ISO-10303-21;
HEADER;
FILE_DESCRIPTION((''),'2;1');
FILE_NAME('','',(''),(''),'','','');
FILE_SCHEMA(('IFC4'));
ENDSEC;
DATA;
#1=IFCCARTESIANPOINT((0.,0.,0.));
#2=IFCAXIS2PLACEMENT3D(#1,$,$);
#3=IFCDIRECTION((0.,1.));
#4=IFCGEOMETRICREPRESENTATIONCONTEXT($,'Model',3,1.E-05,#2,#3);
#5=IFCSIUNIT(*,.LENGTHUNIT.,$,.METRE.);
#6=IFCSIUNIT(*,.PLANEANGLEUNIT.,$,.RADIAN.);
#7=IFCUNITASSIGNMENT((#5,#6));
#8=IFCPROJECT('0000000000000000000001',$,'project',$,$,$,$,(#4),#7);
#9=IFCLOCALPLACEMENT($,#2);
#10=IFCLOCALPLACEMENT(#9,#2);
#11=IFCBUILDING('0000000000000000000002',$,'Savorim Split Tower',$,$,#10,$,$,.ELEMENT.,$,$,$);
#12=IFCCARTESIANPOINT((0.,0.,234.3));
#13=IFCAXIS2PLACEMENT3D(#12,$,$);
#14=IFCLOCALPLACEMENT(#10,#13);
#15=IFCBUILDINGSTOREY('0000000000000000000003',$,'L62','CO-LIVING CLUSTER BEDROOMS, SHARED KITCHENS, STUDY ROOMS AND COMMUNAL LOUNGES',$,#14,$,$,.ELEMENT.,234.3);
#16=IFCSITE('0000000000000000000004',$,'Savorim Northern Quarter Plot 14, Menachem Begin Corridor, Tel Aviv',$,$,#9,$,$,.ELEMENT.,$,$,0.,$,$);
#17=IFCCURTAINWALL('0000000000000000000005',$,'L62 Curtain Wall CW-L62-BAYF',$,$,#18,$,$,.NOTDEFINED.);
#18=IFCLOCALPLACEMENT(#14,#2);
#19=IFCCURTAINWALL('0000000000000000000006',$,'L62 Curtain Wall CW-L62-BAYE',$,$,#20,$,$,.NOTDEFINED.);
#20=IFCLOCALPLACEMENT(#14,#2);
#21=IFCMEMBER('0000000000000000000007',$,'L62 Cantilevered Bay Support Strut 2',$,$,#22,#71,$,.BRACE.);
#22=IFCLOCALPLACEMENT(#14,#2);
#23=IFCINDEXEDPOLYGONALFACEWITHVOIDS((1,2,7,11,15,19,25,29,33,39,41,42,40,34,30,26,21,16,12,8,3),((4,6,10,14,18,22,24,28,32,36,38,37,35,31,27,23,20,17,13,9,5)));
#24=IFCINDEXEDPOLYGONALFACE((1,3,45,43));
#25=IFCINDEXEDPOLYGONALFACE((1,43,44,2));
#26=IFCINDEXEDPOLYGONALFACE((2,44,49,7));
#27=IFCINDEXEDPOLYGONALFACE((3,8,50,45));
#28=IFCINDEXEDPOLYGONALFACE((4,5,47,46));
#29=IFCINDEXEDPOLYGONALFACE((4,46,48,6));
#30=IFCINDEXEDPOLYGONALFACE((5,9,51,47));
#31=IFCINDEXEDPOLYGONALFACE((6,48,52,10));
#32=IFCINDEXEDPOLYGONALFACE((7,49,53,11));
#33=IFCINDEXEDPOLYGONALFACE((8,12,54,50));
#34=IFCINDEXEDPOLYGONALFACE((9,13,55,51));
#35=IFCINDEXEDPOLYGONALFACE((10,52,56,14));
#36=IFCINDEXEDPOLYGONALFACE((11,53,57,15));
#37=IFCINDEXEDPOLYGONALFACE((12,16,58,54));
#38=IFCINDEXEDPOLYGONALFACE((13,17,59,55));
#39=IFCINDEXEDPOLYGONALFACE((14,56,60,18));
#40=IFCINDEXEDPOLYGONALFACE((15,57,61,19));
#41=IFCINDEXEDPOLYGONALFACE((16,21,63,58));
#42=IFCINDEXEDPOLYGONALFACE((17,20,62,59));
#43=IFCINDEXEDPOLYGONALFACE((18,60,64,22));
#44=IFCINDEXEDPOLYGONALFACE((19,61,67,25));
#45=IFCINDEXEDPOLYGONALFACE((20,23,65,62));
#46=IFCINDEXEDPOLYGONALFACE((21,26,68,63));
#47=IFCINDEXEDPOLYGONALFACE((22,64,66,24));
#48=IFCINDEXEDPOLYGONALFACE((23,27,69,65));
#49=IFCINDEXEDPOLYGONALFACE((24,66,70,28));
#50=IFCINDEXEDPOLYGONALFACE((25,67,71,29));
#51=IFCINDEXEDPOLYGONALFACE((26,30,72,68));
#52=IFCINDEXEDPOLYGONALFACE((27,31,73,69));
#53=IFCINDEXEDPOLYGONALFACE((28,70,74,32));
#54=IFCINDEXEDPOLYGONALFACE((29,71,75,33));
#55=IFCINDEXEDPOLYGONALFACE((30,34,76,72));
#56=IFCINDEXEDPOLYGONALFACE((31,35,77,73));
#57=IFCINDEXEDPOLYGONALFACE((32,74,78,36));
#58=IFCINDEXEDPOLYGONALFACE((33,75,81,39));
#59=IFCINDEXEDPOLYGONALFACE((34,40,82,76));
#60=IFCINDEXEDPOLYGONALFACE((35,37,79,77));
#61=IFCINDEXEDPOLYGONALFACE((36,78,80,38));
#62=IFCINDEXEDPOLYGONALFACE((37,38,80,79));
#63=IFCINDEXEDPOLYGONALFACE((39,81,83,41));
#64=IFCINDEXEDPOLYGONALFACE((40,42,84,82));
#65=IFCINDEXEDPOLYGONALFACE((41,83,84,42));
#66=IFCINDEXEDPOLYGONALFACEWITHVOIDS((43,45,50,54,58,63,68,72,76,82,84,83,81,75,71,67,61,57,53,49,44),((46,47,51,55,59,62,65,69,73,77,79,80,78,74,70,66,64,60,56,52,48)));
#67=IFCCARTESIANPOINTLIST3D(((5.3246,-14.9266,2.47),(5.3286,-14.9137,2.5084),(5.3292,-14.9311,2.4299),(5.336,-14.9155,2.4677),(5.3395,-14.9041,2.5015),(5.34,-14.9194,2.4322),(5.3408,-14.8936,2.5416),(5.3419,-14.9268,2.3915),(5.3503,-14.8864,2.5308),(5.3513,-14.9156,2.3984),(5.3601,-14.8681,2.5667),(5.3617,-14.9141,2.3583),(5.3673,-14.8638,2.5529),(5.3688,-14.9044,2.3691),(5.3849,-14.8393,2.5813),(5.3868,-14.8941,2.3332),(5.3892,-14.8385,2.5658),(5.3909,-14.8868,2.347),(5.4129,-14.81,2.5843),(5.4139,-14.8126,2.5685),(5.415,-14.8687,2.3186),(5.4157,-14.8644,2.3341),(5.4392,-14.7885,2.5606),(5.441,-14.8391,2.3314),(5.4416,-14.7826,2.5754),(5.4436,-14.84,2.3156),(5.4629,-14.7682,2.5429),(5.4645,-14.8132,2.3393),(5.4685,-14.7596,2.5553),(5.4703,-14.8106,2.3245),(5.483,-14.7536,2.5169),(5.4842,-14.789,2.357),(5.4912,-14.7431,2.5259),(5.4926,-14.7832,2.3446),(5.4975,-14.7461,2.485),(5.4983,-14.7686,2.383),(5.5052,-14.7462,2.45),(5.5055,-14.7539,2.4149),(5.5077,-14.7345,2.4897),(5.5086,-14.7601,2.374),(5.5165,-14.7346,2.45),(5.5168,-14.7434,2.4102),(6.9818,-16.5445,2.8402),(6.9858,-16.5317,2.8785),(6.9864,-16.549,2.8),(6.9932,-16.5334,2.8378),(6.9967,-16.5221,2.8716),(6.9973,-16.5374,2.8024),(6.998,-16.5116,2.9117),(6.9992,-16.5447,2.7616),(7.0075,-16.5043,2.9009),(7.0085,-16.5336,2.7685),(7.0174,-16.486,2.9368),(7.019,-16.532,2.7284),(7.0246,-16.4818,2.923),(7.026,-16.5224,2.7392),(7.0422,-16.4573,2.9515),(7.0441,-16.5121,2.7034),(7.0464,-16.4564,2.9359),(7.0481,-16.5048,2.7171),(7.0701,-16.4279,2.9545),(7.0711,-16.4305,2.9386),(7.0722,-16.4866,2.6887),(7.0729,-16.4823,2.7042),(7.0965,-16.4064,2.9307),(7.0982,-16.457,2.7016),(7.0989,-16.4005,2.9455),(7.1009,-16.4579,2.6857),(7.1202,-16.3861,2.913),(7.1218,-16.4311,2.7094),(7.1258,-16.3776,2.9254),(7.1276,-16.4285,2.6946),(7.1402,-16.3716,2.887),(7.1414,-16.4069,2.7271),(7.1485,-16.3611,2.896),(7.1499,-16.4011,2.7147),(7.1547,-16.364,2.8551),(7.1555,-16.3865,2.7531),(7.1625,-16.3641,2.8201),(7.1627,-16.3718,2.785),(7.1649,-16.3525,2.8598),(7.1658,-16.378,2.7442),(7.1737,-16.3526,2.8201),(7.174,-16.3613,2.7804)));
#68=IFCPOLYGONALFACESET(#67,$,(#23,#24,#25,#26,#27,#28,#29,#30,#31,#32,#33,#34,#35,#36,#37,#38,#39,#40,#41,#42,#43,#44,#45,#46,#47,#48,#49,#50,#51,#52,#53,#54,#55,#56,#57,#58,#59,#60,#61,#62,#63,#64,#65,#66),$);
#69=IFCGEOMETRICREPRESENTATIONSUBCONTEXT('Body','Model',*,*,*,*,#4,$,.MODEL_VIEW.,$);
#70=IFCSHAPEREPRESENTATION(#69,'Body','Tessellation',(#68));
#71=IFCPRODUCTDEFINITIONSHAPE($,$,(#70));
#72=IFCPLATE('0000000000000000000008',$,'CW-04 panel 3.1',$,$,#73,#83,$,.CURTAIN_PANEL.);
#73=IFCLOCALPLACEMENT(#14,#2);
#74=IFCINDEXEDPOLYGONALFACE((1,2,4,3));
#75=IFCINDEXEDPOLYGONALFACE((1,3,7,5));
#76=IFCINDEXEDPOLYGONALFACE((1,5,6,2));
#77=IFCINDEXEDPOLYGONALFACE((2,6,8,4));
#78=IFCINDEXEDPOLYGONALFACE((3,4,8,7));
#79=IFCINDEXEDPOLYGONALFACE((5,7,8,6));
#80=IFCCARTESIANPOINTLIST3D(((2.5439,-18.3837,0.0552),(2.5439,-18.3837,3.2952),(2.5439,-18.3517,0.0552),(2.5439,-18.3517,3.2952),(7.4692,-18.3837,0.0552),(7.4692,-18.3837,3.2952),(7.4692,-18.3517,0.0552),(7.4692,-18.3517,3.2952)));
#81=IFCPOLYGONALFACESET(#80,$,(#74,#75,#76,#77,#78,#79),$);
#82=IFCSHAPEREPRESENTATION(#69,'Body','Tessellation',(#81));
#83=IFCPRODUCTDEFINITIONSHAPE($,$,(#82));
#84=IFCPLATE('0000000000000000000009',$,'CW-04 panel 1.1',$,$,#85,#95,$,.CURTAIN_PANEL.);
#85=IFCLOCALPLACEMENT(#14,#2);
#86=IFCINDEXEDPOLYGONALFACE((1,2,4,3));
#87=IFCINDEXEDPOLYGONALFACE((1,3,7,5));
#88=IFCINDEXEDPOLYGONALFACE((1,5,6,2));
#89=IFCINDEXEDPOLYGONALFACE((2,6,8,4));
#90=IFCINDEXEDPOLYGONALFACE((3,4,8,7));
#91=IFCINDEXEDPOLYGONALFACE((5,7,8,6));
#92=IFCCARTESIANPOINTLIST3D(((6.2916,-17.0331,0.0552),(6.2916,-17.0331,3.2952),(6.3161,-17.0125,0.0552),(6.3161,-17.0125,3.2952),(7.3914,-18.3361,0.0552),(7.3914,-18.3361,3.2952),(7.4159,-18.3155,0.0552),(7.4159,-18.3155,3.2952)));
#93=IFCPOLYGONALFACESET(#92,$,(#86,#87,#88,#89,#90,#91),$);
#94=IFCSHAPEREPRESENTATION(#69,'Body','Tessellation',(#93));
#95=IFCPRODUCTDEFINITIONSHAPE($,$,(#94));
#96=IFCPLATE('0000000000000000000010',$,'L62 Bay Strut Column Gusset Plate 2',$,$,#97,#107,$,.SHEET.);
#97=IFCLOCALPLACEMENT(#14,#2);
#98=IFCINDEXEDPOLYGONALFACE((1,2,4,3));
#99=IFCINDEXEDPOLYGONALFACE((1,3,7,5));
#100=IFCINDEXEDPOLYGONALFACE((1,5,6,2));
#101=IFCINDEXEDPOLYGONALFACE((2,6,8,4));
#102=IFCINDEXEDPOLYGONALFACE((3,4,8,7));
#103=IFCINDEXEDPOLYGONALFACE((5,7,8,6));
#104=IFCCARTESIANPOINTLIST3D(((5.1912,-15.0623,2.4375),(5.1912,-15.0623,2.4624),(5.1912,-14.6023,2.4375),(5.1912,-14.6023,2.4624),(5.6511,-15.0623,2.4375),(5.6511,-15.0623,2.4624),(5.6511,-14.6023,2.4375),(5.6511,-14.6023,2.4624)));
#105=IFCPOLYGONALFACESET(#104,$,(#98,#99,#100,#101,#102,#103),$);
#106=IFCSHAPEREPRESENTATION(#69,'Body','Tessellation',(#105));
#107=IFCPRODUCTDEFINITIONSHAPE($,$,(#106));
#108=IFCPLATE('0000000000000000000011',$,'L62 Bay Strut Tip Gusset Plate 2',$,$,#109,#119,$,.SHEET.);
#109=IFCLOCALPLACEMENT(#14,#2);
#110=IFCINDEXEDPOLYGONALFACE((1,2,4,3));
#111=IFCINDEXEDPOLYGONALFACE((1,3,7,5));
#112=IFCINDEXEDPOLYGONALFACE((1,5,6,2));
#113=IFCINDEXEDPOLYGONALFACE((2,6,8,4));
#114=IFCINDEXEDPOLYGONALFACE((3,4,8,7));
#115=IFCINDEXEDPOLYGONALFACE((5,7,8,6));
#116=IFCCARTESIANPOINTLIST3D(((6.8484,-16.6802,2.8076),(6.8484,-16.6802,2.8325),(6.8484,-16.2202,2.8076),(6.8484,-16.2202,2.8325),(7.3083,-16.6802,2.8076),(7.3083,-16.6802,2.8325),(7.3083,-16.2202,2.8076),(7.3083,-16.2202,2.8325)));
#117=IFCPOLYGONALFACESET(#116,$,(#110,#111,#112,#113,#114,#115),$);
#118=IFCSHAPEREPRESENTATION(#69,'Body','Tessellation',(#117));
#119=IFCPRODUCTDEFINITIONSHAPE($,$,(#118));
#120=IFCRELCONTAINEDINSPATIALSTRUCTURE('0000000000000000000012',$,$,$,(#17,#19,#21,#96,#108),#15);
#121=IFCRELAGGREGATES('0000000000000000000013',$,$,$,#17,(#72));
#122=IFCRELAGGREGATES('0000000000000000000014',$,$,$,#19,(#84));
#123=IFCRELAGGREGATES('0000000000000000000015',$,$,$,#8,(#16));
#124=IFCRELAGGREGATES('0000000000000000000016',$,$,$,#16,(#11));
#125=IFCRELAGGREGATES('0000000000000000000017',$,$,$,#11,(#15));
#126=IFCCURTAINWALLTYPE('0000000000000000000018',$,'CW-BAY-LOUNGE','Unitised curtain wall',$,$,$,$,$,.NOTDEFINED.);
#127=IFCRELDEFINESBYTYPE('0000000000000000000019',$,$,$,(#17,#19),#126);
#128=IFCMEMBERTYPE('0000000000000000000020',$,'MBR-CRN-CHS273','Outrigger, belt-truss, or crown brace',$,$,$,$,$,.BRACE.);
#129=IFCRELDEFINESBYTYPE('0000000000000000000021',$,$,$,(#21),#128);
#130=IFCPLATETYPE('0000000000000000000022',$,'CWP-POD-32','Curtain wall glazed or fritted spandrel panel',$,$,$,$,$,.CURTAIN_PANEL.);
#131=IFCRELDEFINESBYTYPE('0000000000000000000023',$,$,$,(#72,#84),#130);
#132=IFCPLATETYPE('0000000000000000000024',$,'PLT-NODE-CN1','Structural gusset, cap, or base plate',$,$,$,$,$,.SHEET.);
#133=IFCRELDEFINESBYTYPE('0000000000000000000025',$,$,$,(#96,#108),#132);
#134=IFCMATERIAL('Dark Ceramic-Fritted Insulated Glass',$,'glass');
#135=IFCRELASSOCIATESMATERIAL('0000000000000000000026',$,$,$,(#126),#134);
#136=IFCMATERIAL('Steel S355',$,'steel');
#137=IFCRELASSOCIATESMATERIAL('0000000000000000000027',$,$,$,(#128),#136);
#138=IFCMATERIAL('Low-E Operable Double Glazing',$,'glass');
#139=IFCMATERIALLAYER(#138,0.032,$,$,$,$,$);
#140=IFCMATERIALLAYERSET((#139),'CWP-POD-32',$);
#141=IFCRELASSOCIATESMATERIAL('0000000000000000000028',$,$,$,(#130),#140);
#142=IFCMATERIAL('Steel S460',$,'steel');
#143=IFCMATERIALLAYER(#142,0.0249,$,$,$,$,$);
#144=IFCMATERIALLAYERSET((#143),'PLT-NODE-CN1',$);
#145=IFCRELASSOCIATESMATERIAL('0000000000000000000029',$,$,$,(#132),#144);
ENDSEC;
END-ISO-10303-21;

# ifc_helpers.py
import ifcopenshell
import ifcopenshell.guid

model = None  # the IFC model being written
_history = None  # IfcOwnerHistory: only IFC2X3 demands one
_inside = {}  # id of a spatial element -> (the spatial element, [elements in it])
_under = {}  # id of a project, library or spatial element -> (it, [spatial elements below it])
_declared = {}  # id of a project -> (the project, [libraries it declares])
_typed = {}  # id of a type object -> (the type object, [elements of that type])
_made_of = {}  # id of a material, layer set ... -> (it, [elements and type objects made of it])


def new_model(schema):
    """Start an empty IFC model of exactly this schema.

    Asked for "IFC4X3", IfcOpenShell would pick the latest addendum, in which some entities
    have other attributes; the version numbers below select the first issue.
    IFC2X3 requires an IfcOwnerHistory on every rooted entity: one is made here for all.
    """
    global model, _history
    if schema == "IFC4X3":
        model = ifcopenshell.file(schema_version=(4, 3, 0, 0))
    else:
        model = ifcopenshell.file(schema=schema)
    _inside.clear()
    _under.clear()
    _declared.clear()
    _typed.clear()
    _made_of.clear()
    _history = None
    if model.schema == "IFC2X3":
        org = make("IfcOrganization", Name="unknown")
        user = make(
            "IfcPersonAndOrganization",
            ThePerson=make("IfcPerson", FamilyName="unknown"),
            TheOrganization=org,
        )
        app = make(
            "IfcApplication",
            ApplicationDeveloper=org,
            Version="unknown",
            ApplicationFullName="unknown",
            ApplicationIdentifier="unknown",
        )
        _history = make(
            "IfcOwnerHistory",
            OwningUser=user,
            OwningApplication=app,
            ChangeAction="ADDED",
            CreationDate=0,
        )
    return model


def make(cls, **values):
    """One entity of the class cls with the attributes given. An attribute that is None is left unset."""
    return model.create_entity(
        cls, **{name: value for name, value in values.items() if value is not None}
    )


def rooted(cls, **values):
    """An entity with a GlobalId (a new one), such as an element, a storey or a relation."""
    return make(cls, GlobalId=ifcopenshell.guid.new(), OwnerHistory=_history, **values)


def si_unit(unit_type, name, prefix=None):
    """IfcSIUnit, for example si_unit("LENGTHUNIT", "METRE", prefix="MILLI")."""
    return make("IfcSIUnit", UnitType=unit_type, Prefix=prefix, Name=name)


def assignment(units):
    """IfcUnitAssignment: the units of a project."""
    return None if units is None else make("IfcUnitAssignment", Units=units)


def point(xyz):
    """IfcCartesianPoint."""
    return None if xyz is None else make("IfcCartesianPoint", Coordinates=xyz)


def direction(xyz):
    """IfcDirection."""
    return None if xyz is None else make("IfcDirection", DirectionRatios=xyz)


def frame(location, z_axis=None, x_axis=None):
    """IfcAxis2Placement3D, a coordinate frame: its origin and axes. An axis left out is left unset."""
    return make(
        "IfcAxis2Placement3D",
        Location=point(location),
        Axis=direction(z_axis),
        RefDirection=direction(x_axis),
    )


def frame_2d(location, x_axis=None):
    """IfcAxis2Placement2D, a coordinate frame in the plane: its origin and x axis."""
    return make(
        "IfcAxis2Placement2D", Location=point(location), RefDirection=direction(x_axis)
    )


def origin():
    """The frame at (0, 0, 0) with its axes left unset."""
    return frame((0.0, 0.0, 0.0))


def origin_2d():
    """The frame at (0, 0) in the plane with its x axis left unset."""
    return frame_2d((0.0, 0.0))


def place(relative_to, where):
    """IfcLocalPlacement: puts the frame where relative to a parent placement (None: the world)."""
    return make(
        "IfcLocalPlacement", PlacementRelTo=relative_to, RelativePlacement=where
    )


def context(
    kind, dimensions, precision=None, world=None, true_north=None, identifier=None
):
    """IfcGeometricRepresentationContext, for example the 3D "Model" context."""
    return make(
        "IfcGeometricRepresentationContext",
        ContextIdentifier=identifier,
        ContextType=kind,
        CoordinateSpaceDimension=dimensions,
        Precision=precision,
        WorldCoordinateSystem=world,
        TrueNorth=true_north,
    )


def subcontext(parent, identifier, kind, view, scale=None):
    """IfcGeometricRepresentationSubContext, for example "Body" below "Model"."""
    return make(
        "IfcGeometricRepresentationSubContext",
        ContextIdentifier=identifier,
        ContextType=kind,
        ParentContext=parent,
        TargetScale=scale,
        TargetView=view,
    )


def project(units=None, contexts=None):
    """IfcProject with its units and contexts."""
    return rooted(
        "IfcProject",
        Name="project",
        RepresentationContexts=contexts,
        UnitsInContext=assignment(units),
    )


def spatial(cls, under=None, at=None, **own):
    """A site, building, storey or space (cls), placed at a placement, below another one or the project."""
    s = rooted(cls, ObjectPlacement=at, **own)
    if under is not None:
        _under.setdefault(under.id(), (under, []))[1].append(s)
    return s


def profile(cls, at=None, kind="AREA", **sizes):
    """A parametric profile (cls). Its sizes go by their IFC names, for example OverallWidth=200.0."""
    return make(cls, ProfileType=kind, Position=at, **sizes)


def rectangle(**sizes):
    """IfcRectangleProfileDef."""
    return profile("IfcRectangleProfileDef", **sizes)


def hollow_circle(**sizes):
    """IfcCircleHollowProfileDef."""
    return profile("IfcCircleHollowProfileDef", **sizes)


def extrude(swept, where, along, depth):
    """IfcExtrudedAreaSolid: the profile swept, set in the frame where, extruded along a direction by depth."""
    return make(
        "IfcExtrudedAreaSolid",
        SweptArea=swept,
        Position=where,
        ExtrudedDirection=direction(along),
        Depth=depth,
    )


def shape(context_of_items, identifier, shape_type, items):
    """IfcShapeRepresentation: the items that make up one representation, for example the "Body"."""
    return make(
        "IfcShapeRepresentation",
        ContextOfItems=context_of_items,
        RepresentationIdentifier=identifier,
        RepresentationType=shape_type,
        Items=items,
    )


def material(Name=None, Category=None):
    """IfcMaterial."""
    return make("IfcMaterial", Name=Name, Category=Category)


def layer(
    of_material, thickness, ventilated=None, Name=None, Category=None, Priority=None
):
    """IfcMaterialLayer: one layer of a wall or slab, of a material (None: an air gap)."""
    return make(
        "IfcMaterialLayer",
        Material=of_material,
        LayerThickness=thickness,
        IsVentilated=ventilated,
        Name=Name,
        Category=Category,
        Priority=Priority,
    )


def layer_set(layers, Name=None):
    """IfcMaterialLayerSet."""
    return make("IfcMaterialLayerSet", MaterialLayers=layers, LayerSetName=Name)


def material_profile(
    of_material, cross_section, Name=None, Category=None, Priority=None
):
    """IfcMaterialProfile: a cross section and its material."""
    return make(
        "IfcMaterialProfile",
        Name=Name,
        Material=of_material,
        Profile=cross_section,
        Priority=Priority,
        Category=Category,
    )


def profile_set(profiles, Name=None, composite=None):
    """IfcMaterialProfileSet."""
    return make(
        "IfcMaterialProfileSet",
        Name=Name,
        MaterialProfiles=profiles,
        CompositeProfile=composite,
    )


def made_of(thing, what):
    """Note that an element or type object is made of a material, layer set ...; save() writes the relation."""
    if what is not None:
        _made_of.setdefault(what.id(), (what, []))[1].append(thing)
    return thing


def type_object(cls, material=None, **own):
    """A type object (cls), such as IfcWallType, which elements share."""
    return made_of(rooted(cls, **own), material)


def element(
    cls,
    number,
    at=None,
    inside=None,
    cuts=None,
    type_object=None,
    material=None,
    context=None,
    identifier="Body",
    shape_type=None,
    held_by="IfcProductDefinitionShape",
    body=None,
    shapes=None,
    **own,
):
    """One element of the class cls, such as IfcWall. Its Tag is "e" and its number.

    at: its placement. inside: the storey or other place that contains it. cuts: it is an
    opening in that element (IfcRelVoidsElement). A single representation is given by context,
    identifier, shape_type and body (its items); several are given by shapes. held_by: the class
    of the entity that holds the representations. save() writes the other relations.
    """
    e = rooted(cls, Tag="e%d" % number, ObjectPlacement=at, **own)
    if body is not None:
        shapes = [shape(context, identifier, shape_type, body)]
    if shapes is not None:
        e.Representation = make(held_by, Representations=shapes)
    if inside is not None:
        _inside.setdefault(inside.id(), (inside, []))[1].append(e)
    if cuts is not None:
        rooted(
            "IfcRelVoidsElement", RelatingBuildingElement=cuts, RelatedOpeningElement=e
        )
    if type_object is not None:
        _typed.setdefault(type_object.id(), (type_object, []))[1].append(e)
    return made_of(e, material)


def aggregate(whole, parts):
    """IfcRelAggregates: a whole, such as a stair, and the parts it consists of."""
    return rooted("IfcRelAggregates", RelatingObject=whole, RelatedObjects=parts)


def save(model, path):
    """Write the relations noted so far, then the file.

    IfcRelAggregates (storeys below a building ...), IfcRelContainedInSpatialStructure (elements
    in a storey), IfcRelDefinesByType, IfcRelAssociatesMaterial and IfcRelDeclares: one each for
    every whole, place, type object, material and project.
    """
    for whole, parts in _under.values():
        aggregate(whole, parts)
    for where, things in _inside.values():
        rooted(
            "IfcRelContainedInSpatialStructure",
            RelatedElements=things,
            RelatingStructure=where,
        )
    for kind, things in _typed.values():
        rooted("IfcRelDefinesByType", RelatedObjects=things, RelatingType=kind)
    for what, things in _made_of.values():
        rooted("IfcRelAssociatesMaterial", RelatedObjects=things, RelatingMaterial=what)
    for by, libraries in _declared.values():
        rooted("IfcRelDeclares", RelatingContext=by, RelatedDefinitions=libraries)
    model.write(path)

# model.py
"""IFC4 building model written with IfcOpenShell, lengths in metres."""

from ifc_helpers import new_model, si_unit, direction, frame, origin, origin_2d, place, context, subcontext, project, spatial, rectangle, hollow_circle, extrude, material, layer, layer_set, material_profile, profile_set, type_object, element, aggregate, save


model = new_model("IFC4")

# Units and contexts
model_context = context("Model", 3, precision=1e-05, world=origin(), true_north=direction((0.0, 1.0)))
body_context = subcontext(model_context, "Body", "Model", "MODEL_VIEW")
ifc_project = project(units=[si_unit("LENGTHUNIT", "METRE"), si_unit("PLANEANGLEUNIT", "RADIAN")], contexts=[model_context])

# Site, building, storey
site_placement = place(None, origin())
site = spatial("IfcSite", under=ifc_project, at=site_placement, Name="Savorim Northern Quarter Plot 14, Menachem Begin Corridor, Tel Aviv", CompositionType="ELEMENT", RefElevation=0.0)
building_placement = place(site_placement, origin())
building = spatial("IfcBuilding", under=site, at=building_placement, Name="Savorim Split Tower", CompositionType="ELEMENT")
storey_placement = place(building_placement, frame((0.0, 0.0, 234.3)))
storey = spatial("IfcBuildingStorey", under=building, at=storey_placement, Name="L62", Description="CO-LIVING CLUSTER BEDROOMS, SHARED KITCHENS, STUDY ROOMS AND COMMUNAL LOUNGES", CompositionType="ELEMENT", Elevation=234.3)

# Shared definitions
ifc_material_1 = material(Name="Steel S355", Category="steel")

# Curtain walls
ifc_material_2 = material(Name="Dark Ceramic-Fritted Insulated Glass", Category="glass")
curtain_wall_type_1 = type_object("IfcCurtainWallType", Name="CW-BAY-LOUNGE", Description="Unitised curtain wall", PredefinedType="NOTDEFINED", material=ifc_material_2)
curtain_wall_1_placement = place(storey_placement, origin())
curtain_wall_1 = element("IfcCurtainWall", 1, at=curtain_wall_1_placement, inside=storey, type_object=curtain_wall_type_1, Name="L62 Curtain Wall CW-L62-BAYF", PredefinedType="NOTDEFINED")
curtain_wall_2_placement = place(storey_placement, origin())
curtain_wall_2 = element("IfcCurtainWall", 2, at=curtain_wall_2_placement, inside=storey, type_object=curtain_wall_type_1, Name="L62 Curtain Wall CW-L62-BAYE", PredefinedType="NOTDEFINED")

# Member
ifc_material_profile_1 = material_profile(ifc_material_1, hollow_circle(Radius=0.1365, WallThickness=0.0161, at=origin_2d()), Name="CHS 273x16")
ifc_profile_set_1 = profile_set([ifc_material_profile_1], Name="Steel S355")
member_type_1 = type_object("IfcMemberType", Name="MBR-CRN-CHS273", Description="Outrigger, belt-truss, or crown brace", PredefinedType="BRACE", material=ifc_profile_set_1)
member_1_placement = place(storey_placement, frame((5.4211, -14.8323, 2.45), z_axis=(0.706576, -0.689817, 0.157803), x_axis=(0.69857, 0.715542, 0.0)))
element("IfcMember", 3, at=member_1_placement, inside=storey, type_object=member_type_1, Name="L62 Cantilevered Bay Support Strut 2", PredefinedType="BRACE", context=body_context, shape_type="SweptSolid", body=[
    extrude(hollow_circle(Radius=0.1365, WallThickness=0.0161, at=origin_2d()), origin(), (0.0, 0.0, 1.0), 2.3455),
])

# Plates
ifc_material_3 = material(Name="Low-E Operable Double Glazing", Category="glass")
ifc_layer_1 = layer(ifc_material_3, 0.032)
ifc_layer_set_1 = layer_set([ifc_layer_1], Name="CWP-POD-32")
plate_type_1 = type_object("IfcPlateType", Name="CWP-POD-32", Description="Curtain wall glazed or fritted spandrel panel", PredefinedType="CURTAIN_PANEL", material=ifc_layer_set_1)
plate_1_placement = place(storey_placement, frame((5.0066, -18.3677, 0.0552), z_axis=(0.0, 0.0, 1.0), x_axis=(1.0, 0.0, 0.0)))
plate_1 = element("IfcPlate", 4, at=plate_1_placement, type_object=plate_type_1, Name="CW-04 panel 3.1", PredefinedType="CURTAIN_PANEL", context=body_context, shape_type="SweptSolid", body=[
    extrude(rectangle(XDim=4.9253, YDim=0.032, at=origin_2d()), origin(), (0.0, 0.0, 1.0), 3.24),
])
aggregate(curtain_wall_1, [plate_1])
plate_2_placement = place(storey_placement, frame((6.8538, -17.6743, 0.0552), z_axis=(0.0, 0.0, 1.0), x_axis=(-0.645006, 0.764177, 0.0)))
plate_2 = element("IfcPlate", 5, at=plate_2_placement, type_object=plate_type_1, Name="CW-04 panel 1.1", PredefinedType="CURTAIN_PANEL", context=body_context, shape_type="SweptSolid", body=[
    extrude(rectangle(XDim=1.7051, YDim=0.032, at=origin_2d()), origin(), (0.0, 0.0, 1.0), 3.24),
])
aggregate(curtain_wall_2, [plate_2])

# Plates
ifc_material_4 = material(Name="Steel S460", Category="steel")
ifc_layer_2 = layer(ifc_material_4, 0.0249)
ifc_layer_set_2 = layer_set([ifc_layer_2], Name="PLT-NODE-CN1")
plate_type_2 = type_object("IfcPlateType", Name="PLT-NODE-CN1", Description="Structural gusset, cap, or base plate", PredefinedType="SHEET", material=ifc_layer_set_2)
for number, where, z_axis, x_axis, name in (
    (6, (5.4211, -14.8323, 2.4375), (0.0, 0.0, 1.0), (1.0, 0.0, 0.0), "L62 Bay Strut Column Gusset Plate 2"),
    (7, (7.0784, -16.4502, 2.8076), (0.0, 0.0, 1.0), (1.0, 0.0, 0.0), "L62 Bay Strut Tip Gusset Plate 2"),
):
    element("IfcPlate", number, at=place(storey_placement, frame(where, z_axis=z_axis, x_axis=x_axis)), inside=storey, type_object=plate_type_2, Name=name, PredefinedType="SHEET", context=body_context, shape_type="SweptSolid", body=[
        extrude(rectangle(XDim=0.46, YDim=0.46, at=origin_2d()), origin(), (0.0, 0.0, 1.0), 0.0249),
    ])

save(model, "model.ifc")
